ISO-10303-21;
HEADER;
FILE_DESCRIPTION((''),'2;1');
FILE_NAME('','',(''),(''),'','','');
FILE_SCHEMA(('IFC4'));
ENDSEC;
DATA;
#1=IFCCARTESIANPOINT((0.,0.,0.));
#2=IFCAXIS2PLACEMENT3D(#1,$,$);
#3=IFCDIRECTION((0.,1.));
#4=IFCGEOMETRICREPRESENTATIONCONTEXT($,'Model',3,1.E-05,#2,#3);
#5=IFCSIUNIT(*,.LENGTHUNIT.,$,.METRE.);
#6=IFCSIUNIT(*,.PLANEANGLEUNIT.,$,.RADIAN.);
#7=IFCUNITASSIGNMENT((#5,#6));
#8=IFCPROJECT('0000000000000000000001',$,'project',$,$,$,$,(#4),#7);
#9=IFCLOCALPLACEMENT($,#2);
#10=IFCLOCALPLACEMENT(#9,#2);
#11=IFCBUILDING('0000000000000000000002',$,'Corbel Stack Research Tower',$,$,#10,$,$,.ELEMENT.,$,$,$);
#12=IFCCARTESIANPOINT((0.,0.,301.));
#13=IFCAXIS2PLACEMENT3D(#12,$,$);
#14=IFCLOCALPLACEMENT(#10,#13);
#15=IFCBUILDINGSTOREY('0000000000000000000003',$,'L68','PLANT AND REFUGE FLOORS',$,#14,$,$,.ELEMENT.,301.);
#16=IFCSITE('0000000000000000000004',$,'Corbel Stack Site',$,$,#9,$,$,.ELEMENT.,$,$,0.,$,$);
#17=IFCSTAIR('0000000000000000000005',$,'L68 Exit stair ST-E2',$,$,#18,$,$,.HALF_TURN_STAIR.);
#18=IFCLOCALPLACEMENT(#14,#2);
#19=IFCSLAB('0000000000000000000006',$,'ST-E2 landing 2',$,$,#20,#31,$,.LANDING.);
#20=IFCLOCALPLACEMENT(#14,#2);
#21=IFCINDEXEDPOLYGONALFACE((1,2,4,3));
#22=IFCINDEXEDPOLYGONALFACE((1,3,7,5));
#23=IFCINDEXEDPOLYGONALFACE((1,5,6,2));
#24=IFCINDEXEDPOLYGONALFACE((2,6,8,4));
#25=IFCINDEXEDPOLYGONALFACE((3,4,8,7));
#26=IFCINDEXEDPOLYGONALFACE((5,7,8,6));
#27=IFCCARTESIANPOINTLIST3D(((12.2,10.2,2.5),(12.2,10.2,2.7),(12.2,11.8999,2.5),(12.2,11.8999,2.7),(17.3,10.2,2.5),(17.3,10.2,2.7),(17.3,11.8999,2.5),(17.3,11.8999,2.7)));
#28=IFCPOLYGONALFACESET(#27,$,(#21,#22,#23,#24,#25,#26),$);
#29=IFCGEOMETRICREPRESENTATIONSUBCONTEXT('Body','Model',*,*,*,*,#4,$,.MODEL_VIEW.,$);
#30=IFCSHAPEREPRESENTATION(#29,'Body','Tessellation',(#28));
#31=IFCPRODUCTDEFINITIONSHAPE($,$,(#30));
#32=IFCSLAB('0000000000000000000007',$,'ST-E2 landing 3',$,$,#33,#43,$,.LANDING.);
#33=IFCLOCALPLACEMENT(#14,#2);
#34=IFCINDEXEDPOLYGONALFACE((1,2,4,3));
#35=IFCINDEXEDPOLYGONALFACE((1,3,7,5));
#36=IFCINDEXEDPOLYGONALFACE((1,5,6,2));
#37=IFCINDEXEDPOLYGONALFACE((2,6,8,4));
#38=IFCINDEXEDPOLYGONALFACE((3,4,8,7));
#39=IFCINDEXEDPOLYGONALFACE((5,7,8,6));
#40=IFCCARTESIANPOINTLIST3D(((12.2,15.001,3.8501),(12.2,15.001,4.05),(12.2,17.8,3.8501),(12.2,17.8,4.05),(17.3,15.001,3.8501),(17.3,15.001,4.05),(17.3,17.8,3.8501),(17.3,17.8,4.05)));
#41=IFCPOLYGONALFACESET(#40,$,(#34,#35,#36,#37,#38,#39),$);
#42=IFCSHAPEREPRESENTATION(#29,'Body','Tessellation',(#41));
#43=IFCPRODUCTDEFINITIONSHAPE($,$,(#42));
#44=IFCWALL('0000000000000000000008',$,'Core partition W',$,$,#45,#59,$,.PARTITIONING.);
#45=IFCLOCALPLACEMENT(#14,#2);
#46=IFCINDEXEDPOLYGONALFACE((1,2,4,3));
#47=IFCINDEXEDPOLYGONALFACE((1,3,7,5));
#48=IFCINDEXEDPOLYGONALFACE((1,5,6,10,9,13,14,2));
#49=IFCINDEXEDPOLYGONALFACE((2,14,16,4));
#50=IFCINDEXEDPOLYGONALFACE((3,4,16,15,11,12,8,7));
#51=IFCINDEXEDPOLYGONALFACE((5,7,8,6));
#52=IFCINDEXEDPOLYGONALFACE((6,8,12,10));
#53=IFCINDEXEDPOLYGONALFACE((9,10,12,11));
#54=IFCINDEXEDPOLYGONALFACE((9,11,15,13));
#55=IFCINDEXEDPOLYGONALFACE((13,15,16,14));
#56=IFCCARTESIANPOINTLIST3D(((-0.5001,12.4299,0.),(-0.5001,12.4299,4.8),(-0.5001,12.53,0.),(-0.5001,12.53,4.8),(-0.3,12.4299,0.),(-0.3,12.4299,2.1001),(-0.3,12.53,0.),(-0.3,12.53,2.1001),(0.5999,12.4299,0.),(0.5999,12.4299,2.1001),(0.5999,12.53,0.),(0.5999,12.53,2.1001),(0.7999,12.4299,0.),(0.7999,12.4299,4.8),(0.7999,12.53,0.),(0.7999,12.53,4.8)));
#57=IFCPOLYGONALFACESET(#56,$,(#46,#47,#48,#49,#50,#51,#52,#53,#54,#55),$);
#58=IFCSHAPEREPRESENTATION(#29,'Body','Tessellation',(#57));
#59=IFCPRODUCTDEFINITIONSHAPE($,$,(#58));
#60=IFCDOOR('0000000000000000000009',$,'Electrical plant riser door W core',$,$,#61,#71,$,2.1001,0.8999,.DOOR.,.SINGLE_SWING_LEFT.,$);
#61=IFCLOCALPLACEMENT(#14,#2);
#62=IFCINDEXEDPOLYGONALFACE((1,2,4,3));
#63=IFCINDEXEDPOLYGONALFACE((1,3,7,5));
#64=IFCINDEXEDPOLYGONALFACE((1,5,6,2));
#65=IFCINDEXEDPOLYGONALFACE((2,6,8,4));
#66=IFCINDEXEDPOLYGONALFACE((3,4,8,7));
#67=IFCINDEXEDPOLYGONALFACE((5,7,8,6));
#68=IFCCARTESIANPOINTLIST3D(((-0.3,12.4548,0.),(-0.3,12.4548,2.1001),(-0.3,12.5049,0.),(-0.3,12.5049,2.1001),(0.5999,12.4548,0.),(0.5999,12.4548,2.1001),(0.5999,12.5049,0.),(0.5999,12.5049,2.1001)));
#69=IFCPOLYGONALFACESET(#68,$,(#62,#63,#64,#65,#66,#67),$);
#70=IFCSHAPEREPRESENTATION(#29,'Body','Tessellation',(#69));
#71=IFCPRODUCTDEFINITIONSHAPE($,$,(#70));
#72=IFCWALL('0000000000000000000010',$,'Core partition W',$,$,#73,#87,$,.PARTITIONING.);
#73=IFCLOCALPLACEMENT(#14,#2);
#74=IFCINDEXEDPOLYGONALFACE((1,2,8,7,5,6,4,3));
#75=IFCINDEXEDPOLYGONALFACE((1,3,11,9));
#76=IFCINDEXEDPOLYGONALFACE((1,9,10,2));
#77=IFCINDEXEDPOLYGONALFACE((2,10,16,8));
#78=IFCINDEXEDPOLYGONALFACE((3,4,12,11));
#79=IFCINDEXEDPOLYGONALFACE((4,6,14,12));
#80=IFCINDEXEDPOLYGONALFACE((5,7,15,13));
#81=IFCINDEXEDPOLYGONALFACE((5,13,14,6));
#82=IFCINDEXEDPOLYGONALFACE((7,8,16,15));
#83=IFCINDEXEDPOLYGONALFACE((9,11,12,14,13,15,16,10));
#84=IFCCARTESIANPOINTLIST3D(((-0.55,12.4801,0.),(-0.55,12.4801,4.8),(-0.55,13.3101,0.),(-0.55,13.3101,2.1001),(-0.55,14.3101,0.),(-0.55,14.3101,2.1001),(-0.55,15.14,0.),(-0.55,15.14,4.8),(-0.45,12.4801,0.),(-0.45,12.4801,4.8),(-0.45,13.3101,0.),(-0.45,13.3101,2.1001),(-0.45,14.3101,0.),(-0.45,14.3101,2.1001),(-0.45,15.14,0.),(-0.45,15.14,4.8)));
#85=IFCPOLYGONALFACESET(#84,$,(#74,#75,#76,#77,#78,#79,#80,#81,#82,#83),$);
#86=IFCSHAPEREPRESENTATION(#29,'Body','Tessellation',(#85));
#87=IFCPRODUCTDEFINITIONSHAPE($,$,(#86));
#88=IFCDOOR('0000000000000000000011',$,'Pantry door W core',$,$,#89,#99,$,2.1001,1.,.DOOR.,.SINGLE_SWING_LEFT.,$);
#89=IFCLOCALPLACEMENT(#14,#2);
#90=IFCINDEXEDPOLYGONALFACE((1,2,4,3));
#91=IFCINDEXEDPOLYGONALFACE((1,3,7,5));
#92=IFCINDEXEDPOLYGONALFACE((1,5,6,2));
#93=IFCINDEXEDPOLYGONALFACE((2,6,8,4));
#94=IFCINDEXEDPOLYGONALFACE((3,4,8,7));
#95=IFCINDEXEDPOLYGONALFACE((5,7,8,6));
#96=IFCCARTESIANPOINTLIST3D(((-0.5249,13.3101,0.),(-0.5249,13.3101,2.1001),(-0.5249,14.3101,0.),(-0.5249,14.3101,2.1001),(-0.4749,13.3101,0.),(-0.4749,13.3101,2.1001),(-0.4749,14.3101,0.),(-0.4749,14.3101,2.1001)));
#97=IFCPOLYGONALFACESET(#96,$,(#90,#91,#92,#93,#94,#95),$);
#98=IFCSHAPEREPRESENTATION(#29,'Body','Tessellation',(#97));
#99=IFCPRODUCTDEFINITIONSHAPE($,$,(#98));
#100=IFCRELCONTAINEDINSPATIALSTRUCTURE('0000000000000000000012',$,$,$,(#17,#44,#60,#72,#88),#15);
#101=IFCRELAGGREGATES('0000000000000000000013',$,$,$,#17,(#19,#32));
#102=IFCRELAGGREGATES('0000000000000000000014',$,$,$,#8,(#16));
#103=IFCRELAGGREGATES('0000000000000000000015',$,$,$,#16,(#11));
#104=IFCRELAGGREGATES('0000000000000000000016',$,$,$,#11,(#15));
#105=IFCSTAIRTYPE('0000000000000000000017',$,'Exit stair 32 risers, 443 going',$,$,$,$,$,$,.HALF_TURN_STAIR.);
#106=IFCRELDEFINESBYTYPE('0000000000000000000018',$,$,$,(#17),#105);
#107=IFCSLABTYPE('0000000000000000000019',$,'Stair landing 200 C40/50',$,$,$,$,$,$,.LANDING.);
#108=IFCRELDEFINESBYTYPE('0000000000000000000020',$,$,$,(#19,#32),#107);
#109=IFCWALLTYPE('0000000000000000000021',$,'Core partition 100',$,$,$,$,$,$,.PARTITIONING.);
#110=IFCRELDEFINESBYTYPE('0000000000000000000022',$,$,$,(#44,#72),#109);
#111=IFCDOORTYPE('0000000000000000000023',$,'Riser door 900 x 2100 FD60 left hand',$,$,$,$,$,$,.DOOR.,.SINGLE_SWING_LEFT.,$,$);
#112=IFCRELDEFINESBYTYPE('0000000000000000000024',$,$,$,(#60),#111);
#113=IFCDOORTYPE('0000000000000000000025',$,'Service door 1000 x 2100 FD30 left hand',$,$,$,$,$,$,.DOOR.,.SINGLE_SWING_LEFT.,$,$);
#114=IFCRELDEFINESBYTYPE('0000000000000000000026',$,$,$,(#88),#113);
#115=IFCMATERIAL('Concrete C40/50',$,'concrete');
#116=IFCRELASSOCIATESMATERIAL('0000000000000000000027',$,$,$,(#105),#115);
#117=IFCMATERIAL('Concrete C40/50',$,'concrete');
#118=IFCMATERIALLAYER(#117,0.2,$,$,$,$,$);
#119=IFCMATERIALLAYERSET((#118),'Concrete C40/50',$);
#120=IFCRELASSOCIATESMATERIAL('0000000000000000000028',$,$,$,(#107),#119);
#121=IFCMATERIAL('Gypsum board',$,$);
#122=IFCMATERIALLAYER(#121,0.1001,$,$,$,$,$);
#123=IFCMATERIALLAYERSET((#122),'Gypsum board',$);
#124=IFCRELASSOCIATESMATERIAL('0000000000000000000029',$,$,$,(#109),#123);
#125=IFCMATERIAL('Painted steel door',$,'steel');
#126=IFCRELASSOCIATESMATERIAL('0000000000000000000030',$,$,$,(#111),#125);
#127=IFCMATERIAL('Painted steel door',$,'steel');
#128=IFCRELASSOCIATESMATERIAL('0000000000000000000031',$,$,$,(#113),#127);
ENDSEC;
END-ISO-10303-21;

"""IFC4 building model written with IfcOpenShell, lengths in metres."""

from ifc_helpers import new_model, si_unit, direction, frame, frame_2d, origin, place, context, subcontext, project, spatial, polyline, rectangle, outline, extrude, material, layer, layer_set, type_object, element, fill, aggregate, save


model = new_model("IFC4")

# Units and contexts
model_context = context("Model", 3, precision=1e-05, world=origin(), true_north=direction((0.0, 1.0)))
body_context = subcontext(model_context, "Body", "Model", "MODEL_VIEW")
ifc_project = project(units=[si_unit("LENGTHUNIT", "METRE"), si_unit("PLANEANGLEUNIT", "RADIAN")], contexts=[model_context])

# Site, building, storey
site_placement = place(None, origin())
site = spatial("IfcSite", under=ifc_project, at=site_placement, Name="Corbel Stack Site", CompositionType="ELEMENT", RefElevation=0.0)
building_placement = place(site_placement, origin())
building = spatial("IfcBuilding", under=site, at=building_placement, Name="Corbel Stack Research Tower", CompositionType="ELEMENT")
storey_placement = place(building_placement, frame((0.0, 0.0, 301.0)))
storey = spatial("IfcBuildingStorey", under=building, at=storey_placement, Name="L68", Description="PLANT AND REFUGE FLOORS", CompositionType="ELEMENT", Elevation=301.0)

# Stair, slabs
ifc_material_1 = material(Name="Concrete C40/50", Category="concrete")
stair_type = type_object("IfcStairType", Name="Exit stair 32 risers, 443 going", PredefinedType="HALF_TURN_STAIR", material=ifc_material_1)
ifc_material_2 = material(Name="Concrete C40/50", Category="concrete")
ifc_layer_1 = layer(ifc_material_2, 0.2)
ifc_layer_set_1 = layer_set([ifc_layer_1], Name="Concrete C40/50")
slab_type_1 = type_object("IfcSlabType", Name="Stair landing 200 C40/50", PredefinedType="LANDING", material=ifc_layer_set_1)
stair_1_placement = place(storey_placement, origin())
stair_1 = element("IfcStair", 1, at=stair_1_placement, inside=storey, type_object=stair_type, Name="L68 Exit stair ST-E2", PredefinedType="HALF_TURN_STAIR")
slab_1_placement = place(storey_placement, frame((0.0, 0.0, 2.5)))
slab_1 = element("IfcSlab", 2, at=slab_1_placement, type_object=slab_type_1, Name="ST-E2 landing 2", PredefinedType="LANDING", context=body_context, shape_type="SweptSolid", body=[
    extrude(outline(polyline([(12.2, 10.2), (12.2, 11.8999), (17.3, 11.8999), (17.3, 10.2), (12.2, 10.2)])), origin(), (0.0, 0.0, 1.0), 0.2),
])
slab_2_placement = place(storey_placement, frame((0.0, 0.0, 3.8501)))
slab_2 = element("IfcSlab", 3, at=slab_2_placement, type_object=slab_type_1, Name="ST-E2 landing 3", PredefinedType="LANDING", context=body_context, shape_type="SweptSolid", body=[
    extrude(outline(polyline([(12.2, 15.001), (12.2, 17.8), (17.3, 17.8), (17.3, 15.001), (12.2, 15.001)])), origin(), (0.0, 0.0, 1.0), 0.2),
])
aggregate(stair_1, [slab_1, slab_2])

# Walls, openings, doors
ifc_material_3 = material(Name="Gypsum board")
ifc_layer_2 = layer(ifc_material_3, 0.1001)
ifc_layer_set_2 = layer_set([ifc_layer_2], Name="Gypsum board")
wall_type = type_object("IfcWallType", Name="Core partition 100", PredefinedType="PARTITIONING", material=ifc_layer_set_2)
wall_1_placement = place(storey_placement, frame((-0.5, 12.48, 0.0), z_axis=(0.0, 0.0, 1.0), x_axis=(1.0, 0.0, 0.0)))
wall_1 = element("IfcWall", 4, at=wall_1_placement, inside=storey, type_object=wall_type, Name="Core partition W", PredefinedType="PARTITIONING", context=body_context, shape_type="SweptSolid", body=[
    extrude(rectangle(XDim=1.3, YDim=0.1001, at=frame_2d((0.6499, 0.0))), origin(), (0.0, 0.0, 1.0), 4.8),
])
opening_1_placement = place(wall_1_placement, frame((0.2, 0.0, 0.0)))
opening_1 = element("IfcOpeningElement", 5, at=opening_1_placement, cuts=wall_1, PredefinedType="OPENING", context=body_context, shape_type="SweptSolid", body=[
    extrude(rectangle(XDim=0.8999, YDim=2.1001, at=frame_2d((0.45, 1.05))), frame((0.0, 0.0601, 0.0), z_axis=(0.0, -1.0, 0.0), x_axis=(1.0, 0.0, 0.0)), (0.0, 0.0, 1.0), 0.1201),
])
ifc_material_4 = material(Name="Painted steel door", Category="steel")
door_type_1 = type_object("IfcDoorType", Name="Riser door 900 x 2100 FD60 left hand", OperationType="SINGLE_SWING_LEFT", PredefinedType="DOOR", material=ifc_material_4)
door_1_placement = place(opening_1_placement, origin())
door_1 = element("IfcDoor", 6, at=door_1_placement, inside=storey, type_object=door_type_1, Name="Electrical plant riser door W core", OperationType="SINGLE_SWING_LEFT", OverallHeight=2.1001, OverallWidth=0.8999, PredefinedType="DOOR", context=body_context, shape_type="SweptSolid", body=[
    extrude(rectangle(XDim=0.8999, YDim=2.1001, at=frame_2d((0.45, 1.05))), frame((0.0, 0.0249, 0.0), z_axis=(0.0, -1.0, 0.0), x_axis=(1.0, 0.0, 0.0)), (0.0, 0.0, 1.0), 0.05),
])
fill(opening_1, door_1)
wall_2_placement = place(storey_placement, frame((-0.5, 12.48, 0.0), z_axis=(0.0, 0.0, 1.0), x_axis=(0.0, 1.0, 0.0)))
wall_2 = element("IfcWall", 7, at=wall_2_placement, inside=storey, type_object=wall_type, Name="Core partition W", PredefinedType="PARTITIONING", context=body_context, shape_type="SweptSolid", body=[
    extrude(rectangle(XDim=2.6599, YDim=0.1001, at=frame_2d((1.3301, 0.0))), origin(), (0.0, 0.0, 1.0), 4.8),
])
opening_2_placement = place(wall_2_placement, frame((0.8301, 0.0, 0.0)))
opening_2 = element("IfcOpeningElement", 8, at=opening_2_placement, cuts=wall_2, PredefinedType="OPENING", context=body_context, shape_type="SweptSolid", body=[
    extrude(rectangle(XDim=1.0, YDim=2.1001, at=frame_2d((0.5, 1.05))), frame((0.0, 0.0601, 0.0), z_axis=(0.0, -1.0, 0.0), x_axis=(1.0, 0.0, 0.0)), (0.0, 0.0, 1.0), 0.1201),
])
ifc_material_5 = material(Name="Painted steel door", Category="steel")
door_type_2 = type_object("IfcDoorType", Name="Service door 1000 x 2100 FD30 left hand", OperationType="SINGLE_SWING_LEFT", PredefinedType="DOOR", material=ifc_material_5)
door_2_placement = place(opening_2_placement, origin())
door_2 = element("IfcDoor", 9, at=door_2_placement, inside=storey, type_object=door_type_2, Name="Pantry door W core", OperationType="SINGLE_SWING_LEFT", OverallHeight=2.1001, OverallWidth=1.0, PredefinedType="DOOR", context=body_context, shape_type="SweptSolid", body=[
    extrude(rectangle(XDim=1.0, YDim=2.1001, at=frame_2d((0.5, 1.05))), frame((0.0, 0.0249, 0.0), z_axis=(0.0, -1.0, 0.0), x_axis=(1.0, 0.0, 0.0)), (0.0, 0.0, 1.0), 0.05),
])
fill(opening_2, door_2)

save(model, "model.ifc")
